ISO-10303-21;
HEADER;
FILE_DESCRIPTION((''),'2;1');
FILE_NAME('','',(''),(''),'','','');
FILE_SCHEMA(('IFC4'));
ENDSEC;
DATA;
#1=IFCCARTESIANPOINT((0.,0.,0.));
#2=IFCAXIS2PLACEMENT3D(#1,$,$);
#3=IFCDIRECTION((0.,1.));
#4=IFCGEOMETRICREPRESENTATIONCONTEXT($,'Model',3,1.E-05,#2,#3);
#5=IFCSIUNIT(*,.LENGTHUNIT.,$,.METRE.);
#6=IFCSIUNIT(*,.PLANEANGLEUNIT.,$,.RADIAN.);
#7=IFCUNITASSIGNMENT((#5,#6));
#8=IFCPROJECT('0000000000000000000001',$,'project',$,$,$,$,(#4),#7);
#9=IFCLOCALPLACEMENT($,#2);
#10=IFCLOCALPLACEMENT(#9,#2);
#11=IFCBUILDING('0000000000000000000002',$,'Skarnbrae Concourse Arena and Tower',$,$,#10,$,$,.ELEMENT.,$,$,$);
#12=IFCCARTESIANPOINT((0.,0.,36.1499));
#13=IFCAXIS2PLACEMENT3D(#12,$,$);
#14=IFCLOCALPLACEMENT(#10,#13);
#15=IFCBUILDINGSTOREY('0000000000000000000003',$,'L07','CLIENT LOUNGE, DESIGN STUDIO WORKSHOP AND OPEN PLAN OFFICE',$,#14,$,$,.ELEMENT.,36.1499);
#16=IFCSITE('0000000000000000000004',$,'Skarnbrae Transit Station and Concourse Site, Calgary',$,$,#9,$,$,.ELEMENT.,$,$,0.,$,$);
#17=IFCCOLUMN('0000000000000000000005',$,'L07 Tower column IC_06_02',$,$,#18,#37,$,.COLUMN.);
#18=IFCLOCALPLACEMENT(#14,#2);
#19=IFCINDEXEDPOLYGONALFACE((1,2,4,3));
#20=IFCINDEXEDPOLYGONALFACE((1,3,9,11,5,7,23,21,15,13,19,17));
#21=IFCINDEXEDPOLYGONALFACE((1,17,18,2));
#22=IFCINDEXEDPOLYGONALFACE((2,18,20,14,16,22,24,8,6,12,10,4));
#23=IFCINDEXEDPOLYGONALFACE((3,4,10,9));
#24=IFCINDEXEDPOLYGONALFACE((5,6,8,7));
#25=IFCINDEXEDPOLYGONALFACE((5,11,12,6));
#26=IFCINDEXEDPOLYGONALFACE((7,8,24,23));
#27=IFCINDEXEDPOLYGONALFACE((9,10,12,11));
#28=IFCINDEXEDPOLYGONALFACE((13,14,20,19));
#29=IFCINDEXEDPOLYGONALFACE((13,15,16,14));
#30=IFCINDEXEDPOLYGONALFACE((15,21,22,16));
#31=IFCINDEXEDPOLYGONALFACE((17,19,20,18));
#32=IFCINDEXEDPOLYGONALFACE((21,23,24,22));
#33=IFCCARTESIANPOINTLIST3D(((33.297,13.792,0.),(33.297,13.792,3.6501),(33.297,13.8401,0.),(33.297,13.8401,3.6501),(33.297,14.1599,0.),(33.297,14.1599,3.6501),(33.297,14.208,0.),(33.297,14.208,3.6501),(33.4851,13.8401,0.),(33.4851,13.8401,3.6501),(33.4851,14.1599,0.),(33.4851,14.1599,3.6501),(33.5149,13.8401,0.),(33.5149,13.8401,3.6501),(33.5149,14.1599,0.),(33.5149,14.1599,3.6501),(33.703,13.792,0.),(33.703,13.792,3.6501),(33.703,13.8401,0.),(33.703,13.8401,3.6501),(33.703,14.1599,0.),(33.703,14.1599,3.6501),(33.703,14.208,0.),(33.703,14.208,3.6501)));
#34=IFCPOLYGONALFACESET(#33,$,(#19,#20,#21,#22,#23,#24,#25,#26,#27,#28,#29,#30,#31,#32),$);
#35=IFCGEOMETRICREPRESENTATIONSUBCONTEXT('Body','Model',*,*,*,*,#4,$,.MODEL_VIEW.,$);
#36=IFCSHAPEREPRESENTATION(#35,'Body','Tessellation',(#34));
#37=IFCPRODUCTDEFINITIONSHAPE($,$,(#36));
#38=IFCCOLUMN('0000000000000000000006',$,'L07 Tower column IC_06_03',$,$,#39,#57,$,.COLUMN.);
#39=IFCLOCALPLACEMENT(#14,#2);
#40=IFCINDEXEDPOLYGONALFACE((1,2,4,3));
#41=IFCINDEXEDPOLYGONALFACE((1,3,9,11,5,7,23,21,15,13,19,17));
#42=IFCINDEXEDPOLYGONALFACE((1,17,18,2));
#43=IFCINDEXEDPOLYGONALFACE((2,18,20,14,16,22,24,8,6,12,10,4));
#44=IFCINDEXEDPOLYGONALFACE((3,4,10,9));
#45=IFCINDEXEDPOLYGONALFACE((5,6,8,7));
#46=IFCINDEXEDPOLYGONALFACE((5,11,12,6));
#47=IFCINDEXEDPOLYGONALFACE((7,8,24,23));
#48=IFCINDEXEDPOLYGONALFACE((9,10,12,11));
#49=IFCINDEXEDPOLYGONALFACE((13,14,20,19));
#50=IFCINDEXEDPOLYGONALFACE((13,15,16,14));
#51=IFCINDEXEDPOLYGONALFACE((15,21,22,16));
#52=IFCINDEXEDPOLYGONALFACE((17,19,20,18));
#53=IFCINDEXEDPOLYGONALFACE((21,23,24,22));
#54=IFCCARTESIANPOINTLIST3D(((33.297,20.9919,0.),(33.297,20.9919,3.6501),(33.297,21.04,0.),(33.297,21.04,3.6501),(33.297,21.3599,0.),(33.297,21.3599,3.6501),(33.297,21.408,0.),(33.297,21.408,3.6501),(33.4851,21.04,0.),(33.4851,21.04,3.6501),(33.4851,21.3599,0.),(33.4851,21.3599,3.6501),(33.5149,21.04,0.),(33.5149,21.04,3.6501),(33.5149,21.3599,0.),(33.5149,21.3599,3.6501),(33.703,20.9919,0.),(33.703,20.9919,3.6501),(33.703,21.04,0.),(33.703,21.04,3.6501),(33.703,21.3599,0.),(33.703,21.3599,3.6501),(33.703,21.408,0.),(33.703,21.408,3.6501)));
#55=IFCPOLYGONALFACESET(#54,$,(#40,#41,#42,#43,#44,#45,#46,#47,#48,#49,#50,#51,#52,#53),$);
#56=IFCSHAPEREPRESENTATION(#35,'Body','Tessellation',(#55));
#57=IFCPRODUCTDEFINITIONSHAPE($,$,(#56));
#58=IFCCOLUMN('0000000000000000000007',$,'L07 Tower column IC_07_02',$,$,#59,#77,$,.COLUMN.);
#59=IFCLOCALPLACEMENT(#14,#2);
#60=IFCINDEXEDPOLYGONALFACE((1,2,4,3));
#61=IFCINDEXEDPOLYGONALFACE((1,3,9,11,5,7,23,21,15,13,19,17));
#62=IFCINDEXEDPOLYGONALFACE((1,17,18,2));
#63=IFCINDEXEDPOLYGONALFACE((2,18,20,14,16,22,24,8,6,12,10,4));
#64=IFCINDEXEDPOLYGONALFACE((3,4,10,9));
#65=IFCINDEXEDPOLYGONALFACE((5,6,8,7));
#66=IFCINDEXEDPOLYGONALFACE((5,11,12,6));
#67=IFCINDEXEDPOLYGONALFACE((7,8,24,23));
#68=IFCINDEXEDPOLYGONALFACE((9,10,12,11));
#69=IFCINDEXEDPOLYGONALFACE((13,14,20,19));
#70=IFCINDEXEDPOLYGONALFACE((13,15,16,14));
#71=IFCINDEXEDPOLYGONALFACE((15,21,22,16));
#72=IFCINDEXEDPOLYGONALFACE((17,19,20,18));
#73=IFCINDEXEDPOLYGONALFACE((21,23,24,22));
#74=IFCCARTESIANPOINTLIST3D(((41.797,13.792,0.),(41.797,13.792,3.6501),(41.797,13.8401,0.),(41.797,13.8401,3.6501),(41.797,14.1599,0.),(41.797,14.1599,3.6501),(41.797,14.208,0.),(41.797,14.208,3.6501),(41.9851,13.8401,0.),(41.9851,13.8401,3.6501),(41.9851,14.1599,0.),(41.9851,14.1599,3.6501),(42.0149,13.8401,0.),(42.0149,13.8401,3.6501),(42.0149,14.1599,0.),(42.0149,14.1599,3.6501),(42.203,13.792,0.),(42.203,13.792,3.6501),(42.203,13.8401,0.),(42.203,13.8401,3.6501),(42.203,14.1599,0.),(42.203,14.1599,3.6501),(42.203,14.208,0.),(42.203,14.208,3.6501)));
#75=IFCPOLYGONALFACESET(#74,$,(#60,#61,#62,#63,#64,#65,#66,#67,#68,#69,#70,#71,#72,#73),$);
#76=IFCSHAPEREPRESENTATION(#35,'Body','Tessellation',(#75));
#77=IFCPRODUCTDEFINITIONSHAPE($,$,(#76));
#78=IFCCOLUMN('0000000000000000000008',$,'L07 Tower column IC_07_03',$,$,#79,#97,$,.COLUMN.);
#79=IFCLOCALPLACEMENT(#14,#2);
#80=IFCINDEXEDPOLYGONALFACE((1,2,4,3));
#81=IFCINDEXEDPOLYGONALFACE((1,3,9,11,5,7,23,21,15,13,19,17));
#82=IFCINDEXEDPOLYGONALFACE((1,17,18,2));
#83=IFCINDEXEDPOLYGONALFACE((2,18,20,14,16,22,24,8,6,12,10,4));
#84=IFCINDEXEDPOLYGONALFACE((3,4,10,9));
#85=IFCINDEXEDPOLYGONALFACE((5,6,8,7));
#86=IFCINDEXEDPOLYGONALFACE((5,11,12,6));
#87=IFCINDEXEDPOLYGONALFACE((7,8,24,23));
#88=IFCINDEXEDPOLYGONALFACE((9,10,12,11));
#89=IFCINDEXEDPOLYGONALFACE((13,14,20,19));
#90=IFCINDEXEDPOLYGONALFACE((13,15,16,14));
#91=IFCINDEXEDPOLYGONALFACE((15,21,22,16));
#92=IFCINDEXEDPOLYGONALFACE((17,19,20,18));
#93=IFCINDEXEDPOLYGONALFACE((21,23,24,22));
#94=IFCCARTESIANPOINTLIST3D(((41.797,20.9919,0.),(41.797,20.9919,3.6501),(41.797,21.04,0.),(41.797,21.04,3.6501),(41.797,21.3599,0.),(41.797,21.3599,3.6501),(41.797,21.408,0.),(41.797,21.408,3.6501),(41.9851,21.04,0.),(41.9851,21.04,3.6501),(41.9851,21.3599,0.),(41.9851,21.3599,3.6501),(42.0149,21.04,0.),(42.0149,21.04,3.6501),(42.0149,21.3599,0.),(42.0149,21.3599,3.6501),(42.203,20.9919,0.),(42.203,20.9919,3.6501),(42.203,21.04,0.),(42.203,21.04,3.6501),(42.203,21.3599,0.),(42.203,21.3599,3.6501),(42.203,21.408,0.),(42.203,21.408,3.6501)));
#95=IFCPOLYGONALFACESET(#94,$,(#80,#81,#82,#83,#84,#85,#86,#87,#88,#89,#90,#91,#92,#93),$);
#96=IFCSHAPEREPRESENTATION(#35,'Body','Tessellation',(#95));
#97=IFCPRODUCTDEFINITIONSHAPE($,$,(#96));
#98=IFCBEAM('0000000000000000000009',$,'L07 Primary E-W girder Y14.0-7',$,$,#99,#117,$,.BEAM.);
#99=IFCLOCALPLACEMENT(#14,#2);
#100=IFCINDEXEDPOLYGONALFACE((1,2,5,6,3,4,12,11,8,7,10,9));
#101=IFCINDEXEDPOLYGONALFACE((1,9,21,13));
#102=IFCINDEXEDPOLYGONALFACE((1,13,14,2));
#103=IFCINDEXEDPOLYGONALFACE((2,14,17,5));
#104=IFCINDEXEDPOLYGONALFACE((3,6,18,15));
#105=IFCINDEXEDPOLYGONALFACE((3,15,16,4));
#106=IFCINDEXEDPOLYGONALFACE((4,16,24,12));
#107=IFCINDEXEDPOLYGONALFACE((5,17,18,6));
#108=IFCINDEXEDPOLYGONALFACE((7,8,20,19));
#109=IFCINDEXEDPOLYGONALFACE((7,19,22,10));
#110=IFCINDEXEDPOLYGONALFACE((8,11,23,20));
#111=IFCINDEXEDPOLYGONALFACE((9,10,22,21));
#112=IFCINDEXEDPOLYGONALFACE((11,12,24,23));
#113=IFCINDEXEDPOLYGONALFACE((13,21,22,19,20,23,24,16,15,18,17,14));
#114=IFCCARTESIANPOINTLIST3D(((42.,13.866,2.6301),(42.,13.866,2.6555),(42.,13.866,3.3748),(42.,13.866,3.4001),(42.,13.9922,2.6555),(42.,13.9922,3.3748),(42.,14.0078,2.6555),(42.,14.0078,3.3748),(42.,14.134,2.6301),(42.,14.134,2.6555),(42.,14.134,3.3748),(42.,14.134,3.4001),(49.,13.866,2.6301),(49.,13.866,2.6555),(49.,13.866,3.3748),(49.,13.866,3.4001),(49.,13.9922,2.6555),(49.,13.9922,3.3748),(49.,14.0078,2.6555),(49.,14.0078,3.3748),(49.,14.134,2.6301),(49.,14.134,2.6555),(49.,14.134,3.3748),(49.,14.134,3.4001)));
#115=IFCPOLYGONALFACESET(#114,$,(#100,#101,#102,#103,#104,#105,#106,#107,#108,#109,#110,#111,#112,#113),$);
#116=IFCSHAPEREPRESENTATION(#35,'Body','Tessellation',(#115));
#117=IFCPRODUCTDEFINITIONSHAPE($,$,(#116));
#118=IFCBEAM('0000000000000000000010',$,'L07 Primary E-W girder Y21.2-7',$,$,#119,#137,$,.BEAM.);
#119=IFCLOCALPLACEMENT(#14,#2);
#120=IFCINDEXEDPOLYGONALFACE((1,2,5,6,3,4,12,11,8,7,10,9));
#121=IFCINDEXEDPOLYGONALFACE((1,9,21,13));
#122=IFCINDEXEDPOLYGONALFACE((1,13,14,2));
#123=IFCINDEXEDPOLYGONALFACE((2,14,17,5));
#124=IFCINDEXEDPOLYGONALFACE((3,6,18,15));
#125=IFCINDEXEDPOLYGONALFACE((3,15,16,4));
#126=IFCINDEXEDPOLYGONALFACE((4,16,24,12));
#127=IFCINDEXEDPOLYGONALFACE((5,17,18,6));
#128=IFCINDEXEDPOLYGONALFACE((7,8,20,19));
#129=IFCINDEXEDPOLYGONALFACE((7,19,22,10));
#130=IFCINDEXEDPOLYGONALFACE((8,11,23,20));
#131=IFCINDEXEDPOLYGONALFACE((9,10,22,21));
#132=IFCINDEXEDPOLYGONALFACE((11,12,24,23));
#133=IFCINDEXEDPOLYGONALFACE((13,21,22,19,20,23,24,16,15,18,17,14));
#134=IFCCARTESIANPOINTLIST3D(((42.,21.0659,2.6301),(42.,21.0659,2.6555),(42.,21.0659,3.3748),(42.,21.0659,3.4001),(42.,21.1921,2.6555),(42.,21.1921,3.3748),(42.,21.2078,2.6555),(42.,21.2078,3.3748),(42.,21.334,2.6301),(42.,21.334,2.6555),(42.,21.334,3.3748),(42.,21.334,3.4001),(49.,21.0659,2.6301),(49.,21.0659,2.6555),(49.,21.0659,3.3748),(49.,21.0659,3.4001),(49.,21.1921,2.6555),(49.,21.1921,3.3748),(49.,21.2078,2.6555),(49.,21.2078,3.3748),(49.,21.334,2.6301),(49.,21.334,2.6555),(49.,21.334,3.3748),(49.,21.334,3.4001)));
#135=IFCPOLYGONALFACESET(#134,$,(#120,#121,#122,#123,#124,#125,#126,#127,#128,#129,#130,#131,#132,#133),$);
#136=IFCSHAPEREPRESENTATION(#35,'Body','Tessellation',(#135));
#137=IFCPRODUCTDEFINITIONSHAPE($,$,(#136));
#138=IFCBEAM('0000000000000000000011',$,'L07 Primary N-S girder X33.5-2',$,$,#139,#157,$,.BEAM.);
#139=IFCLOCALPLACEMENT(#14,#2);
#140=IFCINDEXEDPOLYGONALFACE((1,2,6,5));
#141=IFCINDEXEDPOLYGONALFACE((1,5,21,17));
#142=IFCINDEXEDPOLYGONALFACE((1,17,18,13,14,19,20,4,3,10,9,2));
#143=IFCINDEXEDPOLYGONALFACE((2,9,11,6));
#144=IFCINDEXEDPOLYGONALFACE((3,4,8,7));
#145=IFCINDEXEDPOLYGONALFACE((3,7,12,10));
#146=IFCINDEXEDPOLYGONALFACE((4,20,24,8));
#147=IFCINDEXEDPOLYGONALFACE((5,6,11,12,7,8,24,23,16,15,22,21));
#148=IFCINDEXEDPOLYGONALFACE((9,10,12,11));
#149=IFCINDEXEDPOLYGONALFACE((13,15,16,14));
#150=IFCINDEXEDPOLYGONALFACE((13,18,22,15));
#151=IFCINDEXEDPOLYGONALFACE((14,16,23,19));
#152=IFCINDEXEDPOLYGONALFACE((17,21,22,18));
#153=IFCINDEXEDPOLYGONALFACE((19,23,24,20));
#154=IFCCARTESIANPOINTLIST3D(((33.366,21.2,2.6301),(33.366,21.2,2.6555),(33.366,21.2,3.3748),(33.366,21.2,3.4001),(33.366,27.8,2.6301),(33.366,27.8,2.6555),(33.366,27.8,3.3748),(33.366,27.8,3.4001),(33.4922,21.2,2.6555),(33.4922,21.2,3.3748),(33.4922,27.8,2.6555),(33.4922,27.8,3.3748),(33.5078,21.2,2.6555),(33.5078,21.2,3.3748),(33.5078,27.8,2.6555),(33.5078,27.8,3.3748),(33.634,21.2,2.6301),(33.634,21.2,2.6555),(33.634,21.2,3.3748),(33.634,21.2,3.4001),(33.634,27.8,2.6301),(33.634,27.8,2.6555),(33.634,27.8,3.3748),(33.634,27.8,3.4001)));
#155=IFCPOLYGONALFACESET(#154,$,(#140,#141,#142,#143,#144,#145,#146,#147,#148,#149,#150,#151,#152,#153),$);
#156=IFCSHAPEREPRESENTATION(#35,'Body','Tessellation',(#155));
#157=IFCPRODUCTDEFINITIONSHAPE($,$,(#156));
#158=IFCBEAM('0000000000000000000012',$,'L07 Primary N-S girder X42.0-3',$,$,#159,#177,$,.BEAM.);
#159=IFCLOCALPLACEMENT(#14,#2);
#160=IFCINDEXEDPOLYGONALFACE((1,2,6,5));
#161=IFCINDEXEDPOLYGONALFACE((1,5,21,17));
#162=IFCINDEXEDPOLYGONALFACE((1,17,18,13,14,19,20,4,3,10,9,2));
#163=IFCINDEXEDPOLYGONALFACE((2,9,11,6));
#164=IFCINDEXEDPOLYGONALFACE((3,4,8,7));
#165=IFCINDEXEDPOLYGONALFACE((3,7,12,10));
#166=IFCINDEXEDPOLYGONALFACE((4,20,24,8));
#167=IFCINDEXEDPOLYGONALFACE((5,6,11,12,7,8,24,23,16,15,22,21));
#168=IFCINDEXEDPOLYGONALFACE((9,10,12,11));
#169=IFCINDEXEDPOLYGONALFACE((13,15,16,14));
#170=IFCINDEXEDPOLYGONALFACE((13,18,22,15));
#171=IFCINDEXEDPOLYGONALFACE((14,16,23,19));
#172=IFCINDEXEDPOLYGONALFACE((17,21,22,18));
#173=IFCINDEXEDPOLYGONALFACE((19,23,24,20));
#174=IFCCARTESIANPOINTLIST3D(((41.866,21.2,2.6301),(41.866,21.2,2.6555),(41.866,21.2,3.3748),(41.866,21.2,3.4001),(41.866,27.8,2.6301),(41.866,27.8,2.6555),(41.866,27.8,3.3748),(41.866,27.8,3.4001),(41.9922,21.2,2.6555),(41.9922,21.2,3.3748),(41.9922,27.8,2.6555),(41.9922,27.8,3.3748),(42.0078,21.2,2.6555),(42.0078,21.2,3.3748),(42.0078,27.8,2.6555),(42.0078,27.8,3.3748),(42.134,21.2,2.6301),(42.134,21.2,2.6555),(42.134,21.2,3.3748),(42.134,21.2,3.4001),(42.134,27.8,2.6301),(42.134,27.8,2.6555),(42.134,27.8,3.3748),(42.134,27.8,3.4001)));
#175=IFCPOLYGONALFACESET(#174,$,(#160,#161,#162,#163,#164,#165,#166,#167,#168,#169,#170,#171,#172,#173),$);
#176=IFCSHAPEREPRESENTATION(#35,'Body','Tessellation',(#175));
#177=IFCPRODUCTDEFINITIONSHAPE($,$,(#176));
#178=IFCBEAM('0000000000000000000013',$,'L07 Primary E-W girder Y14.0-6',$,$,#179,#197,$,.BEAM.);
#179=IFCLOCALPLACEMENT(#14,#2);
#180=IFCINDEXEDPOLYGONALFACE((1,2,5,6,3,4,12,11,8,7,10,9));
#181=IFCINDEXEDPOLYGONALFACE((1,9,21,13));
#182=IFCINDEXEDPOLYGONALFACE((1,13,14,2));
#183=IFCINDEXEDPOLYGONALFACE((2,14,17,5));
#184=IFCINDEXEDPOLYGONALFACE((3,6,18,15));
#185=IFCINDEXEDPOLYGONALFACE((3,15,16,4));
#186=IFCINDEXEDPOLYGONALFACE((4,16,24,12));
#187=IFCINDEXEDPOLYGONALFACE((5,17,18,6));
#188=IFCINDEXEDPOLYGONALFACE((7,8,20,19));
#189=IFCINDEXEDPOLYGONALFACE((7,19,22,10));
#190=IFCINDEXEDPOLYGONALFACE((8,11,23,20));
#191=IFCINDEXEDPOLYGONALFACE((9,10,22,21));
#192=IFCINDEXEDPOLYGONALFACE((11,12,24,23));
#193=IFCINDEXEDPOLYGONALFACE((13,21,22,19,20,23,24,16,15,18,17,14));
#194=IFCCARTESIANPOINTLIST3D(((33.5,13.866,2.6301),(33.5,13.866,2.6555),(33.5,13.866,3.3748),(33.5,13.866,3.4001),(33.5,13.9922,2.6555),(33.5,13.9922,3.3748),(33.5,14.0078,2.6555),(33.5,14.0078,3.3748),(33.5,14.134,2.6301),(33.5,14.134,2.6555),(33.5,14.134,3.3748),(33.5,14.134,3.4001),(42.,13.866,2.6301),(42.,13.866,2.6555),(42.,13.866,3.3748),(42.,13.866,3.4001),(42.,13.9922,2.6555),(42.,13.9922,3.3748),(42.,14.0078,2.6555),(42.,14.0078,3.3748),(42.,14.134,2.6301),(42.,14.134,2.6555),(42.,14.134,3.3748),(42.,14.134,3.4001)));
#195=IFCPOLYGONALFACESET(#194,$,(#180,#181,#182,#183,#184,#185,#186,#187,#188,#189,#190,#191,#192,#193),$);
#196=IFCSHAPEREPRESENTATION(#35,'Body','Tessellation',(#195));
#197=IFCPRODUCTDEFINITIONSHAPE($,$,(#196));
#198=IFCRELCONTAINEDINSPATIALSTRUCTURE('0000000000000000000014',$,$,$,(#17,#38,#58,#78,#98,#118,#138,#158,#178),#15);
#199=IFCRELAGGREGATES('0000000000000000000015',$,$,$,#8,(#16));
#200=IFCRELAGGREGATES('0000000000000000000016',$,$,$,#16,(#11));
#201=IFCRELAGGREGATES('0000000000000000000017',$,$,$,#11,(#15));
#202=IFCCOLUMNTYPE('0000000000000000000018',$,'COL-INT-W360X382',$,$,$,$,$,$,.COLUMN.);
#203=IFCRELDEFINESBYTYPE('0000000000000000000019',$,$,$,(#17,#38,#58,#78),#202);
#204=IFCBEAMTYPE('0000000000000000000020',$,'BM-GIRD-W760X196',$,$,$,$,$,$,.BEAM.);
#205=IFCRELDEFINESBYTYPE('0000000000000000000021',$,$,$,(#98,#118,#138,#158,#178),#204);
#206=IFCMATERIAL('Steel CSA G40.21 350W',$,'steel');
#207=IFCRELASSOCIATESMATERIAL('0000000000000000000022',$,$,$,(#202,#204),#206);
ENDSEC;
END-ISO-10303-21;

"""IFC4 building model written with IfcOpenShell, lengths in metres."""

from ifc_helpers import new_model, si_unit, direction, frame, origin, origin_2d, place, context, subcontext, project, spatial, i_section, extrude, source, transform, mapped, material, material_profile, profile_set, type_object, element, save


model = new_model("IFC4")

# Units and contexts
model_context = context("Model", 3, precision=1e-05, world=origin(), true_north=direction((0.0, 1.0)))
body_context = subcontext(model_context, "Body", "Model", "MODEL_VIEW")
ifc_project = project(units=[si_unit("LENGTHUNIT", "METRE"), si_unit("PLANEANGLEUNIT", "RADIAN")], contexts=[model_context])

# Site, building, storey
site_placement = place(None, origin())
site = spatial("IfcSite", under=ifc_project, at=site_placement, Name="Skarnbrae Transit Station and Concourse Site, Calgary", CompositionType="ELEMENT", RefElevation=0.0)
building_placement = place(site_placement, origin())
building = spatial("IfcBuilding", under=site, at=building_placement, Name="Skarnbrae Concourse Arena and Tower", CompositionType="ELEMENT")
storey_placement = place(building_placement, frame((0.0, 0.0, 36.1499)))
storey = spatial("IfcBuildingStorey", under=building, at=storey_placement, Name="L07", Description="CLIENT LOUNGE, DESIGN STUDIO WORKSHOP AND OPEN PLAN OFFICE", CompositionType="ELEMENT", Elevation=36.1499)

# Columns
ifc_material_1 = material(Name="Steel CSA G40.21 350W", Category="steel")
ifc_material_profile_1 = material_profile(ifc_material_1, i_section(OverallWidth=0.406, OverallDepth=0.416, WebThickness=0.0298, FlangeThickness=0.0481, at=origin_2d()), Name="W360X382")
ifc_profile_set_1 = profile_set([ifc_material_profile_1], Name="Steel CSA G40.21 350W")
column_type = type_object("IfcColumnType", Name="COL-INT-W360X382", PredefinedType="COLUMN", material=ifc_profile_set_1)
shared_shape_1 = source(origin(), body_context, "Body", "SweptSolid", [
    extrude(i_section(OverallWidth=0.406, OverallDepth=0.416, WebThickness=0.0298, FlangeThickness=0.0481, at=origin_2d()), origin(), (0.0, 0.0, 1.0), 3.6501),
])
for number, where, z_axis, x_axis, name in (
    (1, (33.5, 14.0, 0.0), (0.0, 0.0, 1.0), (1.0, 0.0, 0.0), "L07 Tower column IC_06_02"),
    (2, (33.5, 21.2, 0.0), (0.0, 0.0, 1.0), (1.0, 0.0, 0.0), "L07 Tower column IC_06_03"),
    (3, (42.0, 14.0, 0.0), (0.0, 0.0, 1.0), (1.0, 0.0, 0.0), "L07 Tower column IC_07_02"),
    (4, (42.0, 21.2, 0.0), (0.0, 0.0, 1.0), (1.0, 0.0, 0.0), "L07 Tower column IC_07_03"),
):
    element("IfcColumn", number, at=place(storey_placement, frame(where, z_axis=z_axis, x_axis=x_axis)), inside=storey, type_object=column_type, Name=name, PredefinedType="COLUMN", context=body_context, shape_type="MappedRepresentation", body=[
        mapped(shared_shape_1, transform((0.0, 0.0, 0.0))),
    ])

# Beams
ifc_material_profile_2 = material_profile(ifc_material_1, i_section(OverallWidth=0.2681, OverallDepth=0.77, WebThickness=0.0156, FlangeThickness=0.0254, at=origin_2d()), Name="W760X196")
ifc_profile_set_2 = profile_set([ifc_material_profile_2], Name="Steel CSA G40.21 350W")
beam_type_1 = type_object("IfcBeamType", Name="BM-GIRD-W760X196", PredefinedType="BEAM", material=ifc_profile_set_2)
shared_shape_2 = source(origin(), body_context, "Body", "SweptSolid", [
    extrude(i_section(OverallWidth=0.2681, OverallDepth=0.77, WebThickness=0.0156, FlangeThickness=0.0254, at=origin_2d()), origin(), (0.0, 0.0, 1.0), 7.0),
])
for number, where, z_axis, x_axis, name in (
    (5, (42.0, 14.0, 3.0151), (1.0, 0.0, 0.0), (0.0, 1.0, 0.0), "L07 Primary E-W girder Y14.0-7"),
    (6, (42.0, 21.2, 3.0151), (1.0, 0.0, 0.0), (0.0, 1.0, 0.0), "L07 Primary E-W girder Y21.2-7"),
):
    element("IfcBeam", number, at=place(storey_placement, frame(where, z_axis=z_axis, x_axis=x_axis)), inside=storey, type_object=beam_type_1, Name=name, PredefinedType="BEAM", context=body_context, shape_type="MappedRepresentation", body=[
        mapped(shared_shape_2, transform((0.0, 0.0, 0.0))),
    ])
shared_shape_3 = source(origin(), body_context, "Body", "SweptSolid", [
    extrude(i_section(OverallWidth=0.2681, OverallDepth=0.77, WebThickness=0.0156, FlangeThickness=0.0254, at=origin_2d()), origin(), (0.0, 0.0, 1.0), 6.6001),
])
for number, where, z_axis, x_axis, name in (
    (7, (33.5, 21.2, 3.0151), (0.0, 1.0, 0.0), (-1.0, 0.0, 0.0), "L07 Primary N-S girder X33.5-2"),
    (8, (42.0, 21.2, 3.0151), (0.0, 1.0, 0.0), (-1.0, 0.0, 0.0), "L07 Primary N-S girder X42.0-3"),
):
    element("IfcBeam", number, at=place(storey_placement, frame(where, z_axis=z_axis, x_axis=x_axis)), inside=storey, type_object=beam_type_1, Name=name, PredefinedType="BEAM", context=body_context, shape_type="MappedRepresentation", body=[
        mapped(shared_shape_3, transform((0.0, 0.0, 0.0))),
    ])
shared_shape_4 = source(origin(), body_context, "Body", "SweptSolid", [
    extrude(i_section(OverallWidth=0.2681, OverallDepth=0.77, WebThickness=0.0156, FlangeThickness=0.0254, at=origin_2d()), origin(), (0.0, 0.0, 1.0), 8.5),
])
for number, where, z_axis, x_axis, name in (
    (9, (33.5, 14.0, 3.0151), (1.0, 0.0, 0.0), (0.0, 1.0, 0.0), "L07 Primary E-W girder Y14.0-6"),
):
    element("IfcBeam", number, at=place(storey_placement, frame(where, z_axis=z_axis, x_axis=x_axis)), inside=storey, type_object=beam_type_1, Name=name, PredefinedType="BEAM", context=body_context, shape_type="MappedRepresentation", body=[
        mapped(shared_shape_4, transform((0.0, 0.0, 0.0))),
    ])

save(model, "model.ifc")
